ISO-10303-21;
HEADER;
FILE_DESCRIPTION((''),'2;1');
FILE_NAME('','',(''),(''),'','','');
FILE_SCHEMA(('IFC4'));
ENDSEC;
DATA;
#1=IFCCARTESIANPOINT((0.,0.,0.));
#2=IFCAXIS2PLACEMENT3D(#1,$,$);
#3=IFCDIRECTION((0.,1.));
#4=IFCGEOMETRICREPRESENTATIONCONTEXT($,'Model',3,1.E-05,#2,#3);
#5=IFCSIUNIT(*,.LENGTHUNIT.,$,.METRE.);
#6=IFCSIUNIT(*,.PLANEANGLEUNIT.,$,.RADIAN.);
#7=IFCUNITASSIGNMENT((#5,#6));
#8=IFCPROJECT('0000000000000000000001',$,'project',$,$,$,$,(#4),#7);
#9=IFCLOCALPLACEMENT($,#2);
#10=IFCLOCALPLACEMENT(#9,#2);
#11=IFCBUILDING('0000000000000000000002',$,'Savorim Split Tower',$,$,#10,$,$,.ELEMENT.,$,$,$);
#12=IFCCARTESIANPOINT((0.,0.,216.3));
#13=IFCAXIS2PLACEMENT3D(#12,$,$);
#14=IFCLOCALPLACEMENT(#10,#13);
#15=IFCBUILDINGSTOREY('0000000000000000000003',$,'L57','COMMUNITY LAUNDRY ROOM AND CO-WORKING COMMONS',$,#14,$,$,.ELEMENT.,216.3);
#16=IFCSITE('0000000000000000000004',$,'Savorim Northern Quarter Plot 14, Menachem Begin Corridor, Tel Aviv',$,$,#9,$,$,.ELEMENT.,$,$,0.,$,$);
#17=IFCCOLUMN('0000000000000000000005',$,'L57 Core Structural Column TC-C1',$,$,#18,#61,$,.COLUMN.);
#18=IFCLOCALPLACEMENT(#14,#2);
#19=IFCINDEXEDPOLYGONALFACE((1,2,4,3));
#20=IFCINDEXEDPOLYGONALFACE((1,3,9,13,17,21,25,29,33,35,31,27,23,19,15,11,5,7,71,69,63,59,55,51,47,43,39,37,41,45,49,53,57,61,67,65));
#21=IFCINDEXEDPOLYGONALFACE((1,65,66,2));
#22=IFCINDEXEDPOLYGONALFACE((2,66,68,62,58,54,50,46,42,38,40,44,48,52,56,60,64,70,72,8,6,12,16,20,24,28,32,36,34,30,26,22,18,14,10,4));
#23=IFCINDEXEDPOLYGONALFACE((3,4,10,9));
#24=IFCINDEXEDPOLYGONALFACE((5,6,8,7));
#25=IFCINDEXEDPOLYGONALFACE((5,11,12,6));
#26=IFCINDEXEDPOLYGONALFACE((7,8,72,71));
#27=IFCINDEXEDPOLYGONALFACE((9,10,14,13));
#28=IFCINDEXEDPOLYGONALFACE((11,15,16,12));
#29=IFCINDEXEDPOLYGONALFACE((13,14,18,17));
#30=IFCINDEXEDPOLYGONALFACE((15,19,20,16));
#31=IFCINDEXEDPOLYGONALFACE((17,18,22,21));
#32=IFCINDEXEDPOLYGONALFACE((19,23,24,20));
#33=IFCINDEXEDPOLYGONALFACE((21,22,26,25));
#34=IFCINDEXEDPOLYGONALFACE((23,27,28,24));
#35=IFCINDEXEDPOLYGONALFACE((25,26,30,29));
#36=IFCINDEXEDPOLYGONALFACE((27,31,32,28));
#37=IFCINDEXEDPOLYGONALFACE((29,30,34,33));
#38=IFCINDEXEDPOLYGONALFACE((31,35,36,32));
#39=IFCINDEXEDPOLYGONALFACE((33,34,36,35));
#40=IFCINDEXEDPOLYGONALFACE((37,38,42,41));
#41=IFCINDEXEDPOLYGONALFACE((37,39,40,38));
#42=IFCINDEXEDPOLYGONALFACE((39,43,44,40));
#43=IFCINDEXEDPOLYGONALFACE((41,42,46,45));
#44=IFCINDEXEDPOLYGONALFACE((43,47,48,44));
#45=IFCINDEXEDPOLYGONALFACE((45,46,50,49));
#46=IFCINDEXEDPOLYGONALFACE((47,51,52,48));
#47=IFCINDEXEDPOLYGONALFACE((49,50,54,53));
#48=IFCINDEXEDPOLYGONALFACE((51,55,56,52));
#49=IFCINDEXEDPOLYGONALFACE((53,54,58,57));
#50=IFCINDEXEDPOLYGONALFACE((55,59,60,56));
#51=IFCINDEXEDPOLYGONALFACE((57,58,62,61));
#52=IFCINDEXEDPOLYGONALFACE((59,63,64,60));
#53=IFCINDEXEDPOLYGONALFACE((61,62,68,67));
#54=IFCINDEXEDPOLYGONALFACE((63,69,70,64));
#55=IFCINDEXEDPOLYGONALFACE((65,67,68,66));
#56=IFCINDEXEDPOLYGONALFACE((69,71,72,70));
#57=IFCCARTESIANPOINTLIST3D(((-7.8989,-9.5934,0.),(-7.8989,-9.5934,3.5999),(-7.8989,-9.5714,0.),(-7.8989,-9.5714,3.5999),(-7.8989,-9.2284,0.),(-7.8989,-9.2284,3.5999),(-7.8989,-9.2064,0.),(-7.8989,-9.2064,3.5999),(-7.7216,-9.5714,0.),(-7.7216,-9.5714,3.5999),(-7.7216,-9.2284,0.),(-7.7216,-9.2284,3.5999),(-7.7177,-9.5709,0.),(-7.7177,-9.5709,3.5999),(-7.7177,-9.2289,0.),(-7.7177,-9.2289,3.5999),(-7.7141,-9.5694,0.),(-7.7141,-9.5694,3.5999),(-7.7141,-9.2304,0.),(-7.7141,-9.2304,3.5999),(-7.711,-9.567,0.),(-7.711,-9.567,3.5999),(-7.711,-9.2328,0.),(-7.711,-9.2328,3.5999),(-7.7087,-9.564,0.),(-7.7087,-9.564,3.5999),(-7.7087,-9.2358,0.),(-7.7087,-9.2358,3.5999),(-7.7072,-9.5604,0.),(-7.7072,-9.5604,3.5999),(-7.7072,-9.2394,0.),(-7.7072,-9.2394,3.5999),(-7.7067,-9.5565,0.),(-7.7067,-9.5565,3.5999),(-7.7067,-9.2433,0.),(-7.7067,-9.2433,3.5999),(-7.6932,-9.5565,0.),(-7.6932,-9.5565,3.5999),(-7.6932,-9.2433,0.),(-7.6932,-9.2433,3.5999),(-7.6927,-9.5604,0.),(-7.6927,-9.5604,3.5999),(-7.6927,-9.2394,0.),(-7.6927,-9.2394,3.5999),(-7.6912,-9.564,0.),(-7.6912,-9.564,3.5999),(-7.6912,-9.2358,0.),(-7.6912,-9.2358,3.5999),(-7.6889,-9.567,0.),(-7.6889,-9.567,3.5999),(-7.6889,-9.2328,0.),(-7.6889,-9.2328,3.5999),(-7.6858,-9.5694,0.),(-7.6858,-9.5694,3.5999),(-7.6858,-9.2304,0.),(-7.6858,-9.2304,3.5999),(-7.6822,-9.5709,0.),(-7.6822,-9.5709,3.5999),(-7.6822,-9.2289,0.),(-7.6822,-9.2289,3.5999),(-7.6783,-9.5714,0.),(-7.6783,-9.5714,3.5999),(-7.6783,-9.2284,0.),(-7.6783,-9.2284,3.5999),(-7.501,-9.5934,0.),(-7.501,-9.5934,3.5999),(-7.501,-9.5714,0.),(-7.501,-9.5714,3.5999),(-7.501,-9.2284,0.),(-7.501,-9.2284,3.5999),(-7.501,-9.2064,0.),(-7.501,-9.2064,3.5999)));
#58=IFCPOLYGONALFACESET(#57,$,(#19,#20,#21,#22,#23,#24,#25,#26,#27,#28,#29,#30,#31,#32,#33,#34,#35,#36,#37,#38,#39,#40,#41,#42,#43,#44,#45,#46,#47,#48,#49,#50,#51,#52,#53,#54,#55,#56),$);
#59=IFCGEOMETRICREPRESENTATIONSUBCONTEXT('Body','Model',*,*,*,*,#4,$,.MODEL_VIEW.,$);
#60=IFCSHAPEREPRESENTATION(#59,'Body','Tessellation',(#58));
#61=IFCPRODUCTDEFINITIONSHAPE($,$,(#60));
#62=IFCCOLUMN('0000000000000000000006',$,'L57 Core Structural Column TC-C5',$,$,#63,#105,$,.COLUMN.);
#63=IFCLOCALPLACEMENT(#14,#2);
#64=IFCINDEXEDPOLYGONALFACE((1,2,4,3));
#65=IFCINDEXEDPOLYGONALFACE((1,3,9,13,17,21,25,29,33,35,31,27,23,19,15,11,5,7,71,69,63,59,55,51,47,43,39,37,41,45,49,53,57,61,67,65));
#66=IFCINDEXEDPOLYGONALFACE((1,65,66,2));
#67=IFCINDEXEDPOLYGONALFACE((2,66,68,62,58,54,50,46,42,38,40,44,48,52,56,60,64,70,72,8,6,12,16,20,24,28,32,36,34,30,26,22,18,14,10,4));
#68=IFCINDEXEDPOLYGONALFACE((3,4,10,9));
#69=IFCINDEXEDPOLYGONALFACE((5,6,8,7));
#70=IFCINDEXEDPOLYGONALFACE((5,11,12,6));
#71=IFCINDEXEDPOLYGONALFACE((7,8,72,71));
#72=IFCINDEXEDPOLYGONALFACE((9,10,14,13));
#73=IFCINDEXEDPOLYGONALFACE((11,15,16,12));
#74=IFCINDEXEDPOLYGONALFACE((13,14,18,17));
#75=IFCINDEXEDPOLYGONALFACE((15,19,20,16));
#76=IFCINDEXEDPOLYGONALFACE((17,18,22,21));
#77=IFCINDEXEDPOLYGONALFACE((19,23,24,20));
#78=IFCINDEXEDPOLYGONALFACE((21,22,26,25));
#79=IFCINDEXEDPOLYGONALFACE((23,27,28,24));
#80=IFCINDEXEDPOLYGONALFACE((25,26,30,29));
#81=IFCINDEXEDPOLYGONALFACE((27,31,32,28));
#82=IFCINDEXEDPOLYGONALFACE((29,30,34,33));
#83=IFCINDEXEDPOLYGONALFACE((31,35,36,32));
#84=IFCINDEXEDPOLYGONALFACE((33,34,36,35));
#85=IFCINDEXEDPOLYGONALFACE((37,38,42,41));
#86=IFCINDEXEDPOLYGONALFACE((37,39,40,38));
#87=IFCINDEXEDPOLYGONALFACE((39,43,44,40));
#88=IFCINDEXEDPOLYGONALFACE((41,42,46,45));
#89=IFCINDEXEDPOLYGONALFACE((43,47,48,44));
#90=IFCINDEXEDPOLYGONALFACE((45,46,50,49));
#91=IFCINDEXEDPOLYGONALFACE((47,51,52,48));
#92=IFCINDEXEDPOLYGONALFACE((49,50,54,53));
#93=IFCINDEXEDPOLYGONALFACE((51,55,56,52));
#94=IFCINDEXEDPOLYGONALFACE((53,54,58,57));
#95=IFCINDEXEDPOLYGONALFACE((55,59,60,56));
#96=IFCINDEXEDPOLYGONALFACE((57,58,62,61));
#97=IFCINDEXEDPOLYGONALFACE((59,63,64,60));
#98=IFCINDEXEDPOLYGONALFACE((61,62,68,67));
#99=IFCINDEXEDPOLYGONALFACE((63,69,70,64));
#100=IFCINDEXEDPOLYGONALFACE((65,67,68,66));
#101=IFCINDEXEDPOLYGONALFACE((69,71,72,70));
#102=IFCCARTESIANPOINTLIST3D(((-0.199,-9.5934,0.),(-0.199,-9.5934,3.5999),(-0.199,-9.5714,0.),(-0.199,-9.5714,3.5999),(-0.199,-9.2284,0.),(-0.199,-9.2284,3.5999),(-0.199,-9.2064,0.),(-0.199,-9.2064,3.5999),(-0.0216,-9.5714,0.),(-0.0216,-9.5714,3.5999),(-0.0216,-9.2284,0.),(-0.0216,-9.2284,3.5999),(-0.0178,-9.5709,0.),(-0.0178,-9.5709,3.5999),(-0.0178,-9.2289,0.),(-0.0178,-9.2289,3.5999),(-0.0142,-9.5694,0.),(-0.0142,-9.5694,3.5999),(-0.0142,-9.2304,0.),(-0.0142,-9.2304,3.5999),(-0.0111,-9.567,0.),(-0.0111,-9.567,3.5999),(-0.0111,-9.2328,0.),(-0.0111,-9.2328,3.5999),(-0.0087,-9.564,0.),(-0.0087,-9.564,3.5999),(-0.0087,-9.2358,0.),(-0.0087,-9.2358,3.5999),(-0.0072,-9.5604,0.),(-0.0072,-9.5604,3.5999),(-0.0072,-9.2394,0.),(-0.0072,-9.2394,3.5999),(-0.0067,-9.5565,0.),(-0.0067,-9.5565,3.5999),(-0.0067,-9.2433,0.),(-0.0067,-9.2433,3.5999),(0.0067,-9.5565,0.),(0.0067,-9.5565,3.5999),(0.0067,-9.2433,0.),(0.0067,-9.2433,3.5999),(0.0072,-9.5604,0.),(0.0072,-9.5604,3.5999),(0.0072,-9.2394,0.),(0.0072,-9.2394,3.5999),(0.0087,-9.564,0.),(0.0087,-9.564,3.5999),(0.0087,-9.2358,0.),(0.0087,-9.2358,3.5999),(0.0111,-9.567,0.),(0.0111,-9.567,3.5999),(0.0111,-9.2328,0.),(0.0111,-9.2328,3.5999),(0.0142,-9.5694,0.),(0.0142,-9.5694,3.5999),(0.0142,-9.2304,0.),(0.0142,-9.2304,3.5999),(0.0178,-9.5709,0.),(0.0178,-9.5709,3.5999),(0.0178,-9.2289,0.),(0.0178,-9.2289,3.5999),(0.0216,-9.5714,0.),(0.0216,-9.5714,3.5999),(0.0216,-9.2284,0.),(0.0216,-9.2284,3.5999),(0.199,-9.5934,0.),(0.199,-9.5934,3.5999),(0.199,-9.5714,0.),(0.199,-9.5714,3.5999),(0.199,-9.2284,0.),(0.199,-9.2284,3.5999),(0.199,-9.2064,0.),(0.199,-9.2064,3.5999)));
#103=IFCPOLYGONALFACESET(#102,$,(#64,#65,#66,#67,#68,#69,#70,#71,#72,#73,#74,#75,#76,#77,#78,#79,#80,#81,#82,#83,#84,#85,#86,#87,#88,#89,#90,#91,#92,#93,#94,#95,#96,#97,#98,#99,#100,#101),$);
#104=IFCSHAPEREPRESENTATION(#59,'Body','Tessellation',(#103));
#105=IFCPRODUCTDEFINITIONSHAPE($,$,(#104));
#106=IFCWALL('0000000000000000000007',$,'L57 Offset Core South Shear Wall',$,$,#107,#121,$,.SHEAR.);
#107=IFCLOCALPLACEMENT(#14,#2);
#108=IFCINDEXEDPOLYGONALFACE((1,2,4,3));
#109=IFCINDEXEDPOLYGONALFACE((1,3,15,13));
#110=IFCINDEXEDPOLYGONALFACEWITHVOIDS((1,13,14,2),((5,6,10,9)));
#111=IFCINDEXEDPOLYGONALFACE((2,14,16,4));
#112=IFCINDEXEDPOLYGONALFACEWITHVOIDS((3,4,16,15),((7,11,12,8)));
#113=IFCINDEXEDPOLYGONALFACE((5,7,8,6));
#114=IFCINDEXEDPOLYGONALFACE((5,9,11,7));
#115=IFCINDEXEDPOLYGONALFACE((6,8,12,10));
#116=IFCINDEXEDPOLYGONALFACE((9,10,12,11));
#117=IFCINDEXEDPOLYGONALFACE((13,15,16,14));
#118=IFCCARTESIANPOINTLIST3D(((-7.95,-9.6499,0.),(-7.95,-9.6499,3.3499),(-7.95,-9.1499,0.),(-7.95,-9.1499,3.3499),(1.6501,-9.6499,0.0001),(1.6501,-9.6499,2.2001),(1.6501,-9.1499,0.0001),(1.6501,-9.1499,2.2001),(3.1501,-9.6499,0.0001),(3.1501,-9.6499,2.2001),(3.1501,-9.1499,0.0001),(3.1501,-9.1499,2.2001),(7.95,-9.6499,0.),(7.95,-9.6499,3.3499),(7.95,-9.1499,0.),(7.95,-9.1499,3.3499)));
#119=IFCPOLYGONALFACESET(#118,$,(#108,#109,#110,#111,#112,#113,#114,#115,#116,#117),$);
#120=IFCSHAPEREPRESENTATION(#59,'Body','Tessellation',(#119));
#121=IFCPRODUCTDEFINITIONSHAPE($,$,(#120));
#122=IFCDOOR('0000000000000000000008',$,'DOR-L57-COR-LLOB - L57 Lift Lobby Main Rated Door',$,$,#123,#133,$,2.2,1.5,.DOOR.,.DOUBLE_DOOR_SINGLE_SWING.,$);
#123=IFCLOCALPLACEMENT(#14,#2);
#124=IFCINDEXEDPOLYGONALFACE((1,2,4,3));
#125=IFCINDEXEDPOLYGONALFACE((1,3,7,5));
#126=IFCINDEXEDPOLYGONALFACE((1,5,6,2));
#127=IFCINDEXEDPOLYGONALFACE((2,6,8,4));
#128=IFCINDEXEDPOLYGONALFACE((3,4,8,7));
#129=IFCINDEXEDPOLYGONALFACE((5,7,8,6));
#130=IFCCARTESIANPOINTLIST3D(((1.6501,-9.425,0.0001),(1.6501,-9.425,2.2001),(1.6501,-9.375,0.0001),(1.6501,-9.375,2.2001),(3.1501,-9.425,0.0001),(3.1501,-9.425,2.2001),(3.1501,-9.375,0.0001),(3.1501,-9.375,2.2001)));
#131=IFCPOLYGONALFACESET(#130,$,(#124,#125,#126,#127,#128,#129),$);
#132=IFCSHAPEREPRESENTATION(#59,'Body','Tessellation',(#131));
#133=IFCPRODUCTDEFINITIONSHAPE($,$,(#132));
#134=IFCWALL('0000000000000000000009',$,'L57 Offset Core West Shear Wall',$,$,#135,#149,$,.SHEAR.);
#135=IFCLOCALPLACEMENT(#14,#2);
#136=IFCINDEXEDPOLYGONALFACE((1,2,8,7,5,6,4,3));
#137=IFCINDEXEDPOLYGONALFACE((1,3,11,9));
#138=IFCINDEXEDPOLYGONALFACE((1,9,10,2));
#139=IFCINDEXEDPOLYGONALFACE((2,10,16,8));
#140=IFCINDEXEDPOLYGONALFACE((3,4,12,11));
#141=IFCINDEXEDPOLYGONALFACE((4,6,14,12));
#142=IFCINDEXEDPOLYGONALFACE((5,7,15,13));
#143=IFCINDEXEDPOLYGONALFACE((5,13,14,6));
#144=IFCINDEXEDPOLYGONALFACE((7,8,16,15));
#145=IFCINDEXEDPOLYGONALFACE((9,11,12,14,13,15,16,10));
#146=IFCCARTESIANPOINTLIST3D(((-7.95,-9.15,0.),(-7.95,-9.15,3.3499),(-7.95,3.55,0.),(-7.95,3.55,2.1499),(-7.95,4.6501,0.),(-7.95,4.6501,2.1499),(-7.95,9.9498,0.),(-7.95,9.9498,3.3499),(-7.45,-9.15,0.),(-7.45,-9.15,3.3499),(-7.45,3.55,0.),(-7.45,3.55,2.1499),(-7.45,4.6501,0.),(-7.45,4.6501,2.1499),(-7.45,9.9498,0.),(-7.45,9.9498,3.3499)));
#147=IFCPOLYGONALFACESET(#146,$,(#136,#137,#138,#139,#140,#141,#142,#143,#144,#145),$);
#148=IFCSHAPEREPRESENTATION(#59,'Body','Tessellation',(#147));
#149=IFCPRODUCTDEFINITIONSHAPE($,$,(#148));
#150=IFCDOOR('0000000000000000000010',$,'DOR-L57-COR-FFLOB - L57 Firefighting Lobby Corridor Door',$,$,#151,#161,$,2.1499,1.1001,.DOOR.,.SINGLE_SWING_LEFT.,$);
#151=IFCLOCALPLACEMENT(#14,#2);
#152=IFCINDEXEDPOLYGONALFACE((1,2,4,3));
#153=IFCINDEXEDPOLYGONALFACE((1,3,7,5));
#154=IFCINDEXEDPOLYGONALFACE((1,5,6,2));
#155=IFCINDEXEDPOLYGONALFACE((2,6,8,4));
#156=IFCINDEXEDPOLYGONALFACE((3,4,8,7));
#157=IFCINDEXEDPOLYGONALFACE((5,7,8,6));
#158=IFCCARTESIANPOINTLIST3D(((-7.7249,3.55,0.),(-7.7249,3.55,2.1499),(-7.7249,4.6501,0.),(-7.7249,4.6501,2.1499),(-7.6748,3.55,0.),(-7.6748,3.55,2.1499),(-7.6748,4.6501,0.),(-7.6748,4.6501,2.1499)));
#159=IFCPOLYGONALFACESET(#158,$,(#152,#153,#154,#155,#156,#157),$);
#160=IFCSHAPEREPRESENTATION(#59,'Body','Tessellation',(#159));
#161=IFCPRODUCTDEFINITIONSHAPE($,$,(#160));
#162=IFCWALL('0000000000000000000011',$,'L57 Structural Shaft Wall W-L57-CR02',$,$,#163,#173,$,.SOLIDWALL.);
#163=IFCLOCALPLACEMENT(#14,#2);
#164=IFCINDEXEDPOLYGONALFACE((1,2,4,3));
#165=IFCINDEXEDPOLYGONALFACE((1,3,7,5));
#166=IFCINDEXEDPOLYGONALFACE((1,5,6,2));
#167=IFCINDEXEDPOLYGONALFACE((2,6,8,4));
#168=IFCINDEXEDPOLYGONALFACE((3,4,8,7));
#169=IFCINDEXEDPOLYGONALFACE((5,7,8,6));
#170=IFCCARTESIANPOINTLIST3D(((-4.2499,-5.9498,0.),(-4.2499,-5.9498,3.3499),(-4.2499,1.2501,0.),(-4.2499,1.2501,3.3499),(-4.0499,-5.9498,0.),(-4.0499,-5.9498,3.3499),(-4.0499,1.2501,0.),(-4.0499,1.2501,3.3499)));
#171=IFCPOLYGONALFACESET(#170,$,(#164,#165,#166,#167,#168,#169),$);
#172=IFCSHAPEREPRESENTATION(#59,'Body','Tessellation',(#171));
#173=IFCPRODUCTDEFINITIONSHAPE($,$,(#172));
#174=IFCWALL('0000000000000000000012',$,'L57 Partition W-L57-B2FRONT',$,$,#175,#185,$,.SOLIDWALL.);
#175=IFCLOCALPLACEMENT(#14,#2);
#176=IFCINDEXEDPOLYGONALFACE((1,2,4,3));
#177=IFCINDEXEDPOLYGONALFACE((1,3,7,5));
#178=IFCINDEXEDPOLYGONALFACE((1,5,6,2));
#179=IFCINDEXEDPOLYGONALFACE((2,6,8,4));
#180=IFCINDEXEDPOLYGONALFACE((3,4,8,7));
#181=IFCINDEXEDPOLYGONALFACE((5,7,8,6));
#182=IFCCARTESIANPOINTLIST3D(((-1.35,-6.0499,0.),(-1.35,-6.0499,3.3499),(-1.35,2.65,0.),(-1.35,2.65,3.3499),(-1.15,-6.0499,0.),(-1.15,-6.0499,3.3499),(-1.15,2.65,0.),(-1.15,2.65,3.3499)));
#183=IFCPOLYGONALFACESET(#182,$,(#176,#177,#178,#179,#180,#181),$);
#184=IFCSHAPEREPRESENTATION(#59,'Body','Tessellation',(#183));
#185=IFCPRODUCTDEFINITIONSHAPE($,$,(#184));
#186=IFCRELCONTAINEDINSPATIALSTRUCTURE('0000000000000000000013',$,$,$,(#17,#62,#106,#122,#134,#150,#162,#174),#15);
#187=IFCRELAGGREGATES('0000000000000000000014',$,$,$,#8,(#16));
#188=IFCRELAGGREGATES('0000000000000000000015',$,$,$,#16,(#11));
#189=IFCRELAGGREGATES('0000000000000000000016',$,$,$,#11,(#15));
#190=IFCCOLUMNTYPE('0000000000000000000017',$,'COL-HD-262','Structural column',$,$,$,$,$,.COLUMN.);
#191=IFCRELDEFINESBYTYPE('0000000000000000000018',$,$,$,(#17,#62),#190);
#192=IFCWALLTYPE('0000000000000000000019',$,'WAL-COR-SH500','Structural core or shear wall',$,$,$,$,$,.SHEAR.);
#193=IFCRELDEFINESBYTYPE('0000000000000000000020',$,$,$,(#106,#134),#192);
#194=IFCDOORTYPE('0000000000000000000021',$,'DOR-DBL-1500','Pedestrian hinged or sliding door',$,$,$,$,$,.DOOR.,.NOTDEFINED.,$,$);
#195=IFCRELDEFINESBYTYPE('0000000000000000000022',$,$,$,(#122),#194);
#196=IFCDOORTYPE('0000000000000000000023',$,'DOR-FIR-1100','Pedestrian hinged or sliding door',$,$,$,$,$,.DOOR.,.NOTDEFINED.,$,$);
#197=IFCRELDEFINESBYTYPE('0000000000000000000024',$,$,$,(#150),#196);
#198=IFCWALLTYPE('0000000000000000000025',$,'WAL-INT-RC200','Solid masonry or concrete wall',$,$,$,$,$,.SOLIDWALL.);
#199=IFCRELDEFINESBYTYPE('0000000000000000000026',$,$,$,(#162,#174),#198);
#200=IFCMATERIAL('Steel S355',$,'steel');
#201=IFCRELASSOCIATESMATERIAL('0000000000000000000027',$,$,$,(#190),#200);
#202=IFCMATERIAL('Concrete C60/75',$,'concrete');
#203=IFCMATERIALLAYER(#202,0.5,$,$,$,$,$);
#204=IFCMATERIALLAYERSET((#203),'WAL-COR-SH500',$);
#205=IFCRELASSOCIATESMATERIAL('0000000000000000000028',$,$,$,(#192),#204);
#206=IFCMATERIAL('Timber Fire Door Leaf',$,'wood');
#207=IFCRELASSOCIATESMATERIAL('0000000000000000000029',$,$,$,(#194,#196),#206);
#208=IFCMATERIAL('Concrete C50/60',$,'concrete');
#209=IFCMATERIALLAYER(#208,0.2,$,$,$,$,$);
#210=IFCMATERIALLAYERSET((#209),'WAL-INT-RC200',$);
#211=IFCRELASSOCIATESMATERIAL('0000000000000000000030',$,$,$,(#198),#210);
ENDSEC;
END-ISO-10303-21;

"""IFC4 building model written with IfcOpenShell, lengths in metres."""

from ifc_helpers import new_model, si_unit, direction, frame, frame_2d, origin, origin_2d, place, context, subcontext, project, spatial, rectangle, i_section, extrude, material, layer, layer_set, material_profile, profile_set, type_object, element, fill, save


model = new_model("IFC4")

# Units and contexts
model_context = context("Model", 3, precision=1e-05, world=origin(), true_north=direction((0.0, 1.0)))
body_context = subcontext(model_context, "Body", "Model", "MODEL_VIEW")
ifc_project = project(units=[si_unit("LENGTHUNIT", "METRE"), si_unit("PLANEANGLEUNIT", "RADIAN")], contexts=[model_context])

# Site, building, storey
site_placement = place(None, origin())
site = spatial("IfcSite", under=ifc_project, at=site_placement, Name="Savorim Northern Quarter Plot 14, Menachem Begin Corridor, Tel Aviv", CompositionType="ELEMENT", RefElevation=0.0)
building_placement = place(site_placement, origin())
building = spatial("IfcBuilding", under=site, at=building_placement, Name="Savorim Split Tower", CompositionType="ELEMENT")
storey_placement = place(building_placement, frame((0.0, 0.0, 216.3)))
storey = spatial("IfcBuildingStorey", under=building, at=storey_placement, Name="L57", Description="COMMUNITY LAUNDRY ROOM AND CO-WORKING COMMONS", CompositionType="ELEMENT", Elevation=216.3)

# Columns
ifc_material_1 = material(Name="Steel S355", Category="steel")
ifc_material_profile = material_profile(ifc_material_1, i_section(OverallWidth=0.3979, OverallDepth=0.387, WebThickness=0.0134, FlangeThickness=0.022, FilletRadius=0.0149, at=origin_2d()), Name="HD 400x262")
ifc_profile_set = profile_set([ifc_material_profile], Name="Steel S355")
column_type = type_object("IfcColumnType", Name="COL-HD-262", Description="Structural column", PredefinedType="COLUMN", material=ifc_profile_set)
for number, where, z_axis, x_axis, name in (
    (1, (-7.7, -9.3999, 0.0), (0.0, 0.0, 1.0), (1.0, 0.0, 0.0), "L57 Core Structural Column TC-C1"),
    (2, (0.0, -9.3999, 0.0), (0.0, 0.0, 1.0), (1.0, 0.0, 0.0), "L57 Core Structural Column TC-C5"),
):
    element("IfcColumn", number, at=place(storey_placement, frame(where, z_axis=z_axis, x_axis=x_axis)), inside=storey, type_object=column_type, Name=name, PredefinedType="COLUMN", context=body_context, shape_type="SweptSolid", body=[
        extrude(i_section(OverallWidth=0.3979, OverallDepth=0.387, WebThickness=0.0134, FlangeThickness=0.022, FilletRadius=0.0149, at=origin_2d()), origin(), (0.0, 0.0, 1.0), 3.5999),
    ])

# Walls, openings, doors
ifc_material_2 = material(Name="Concrete C60/75", Category="concrete")
ifc_layer_1 = layer(ifc_material_2, 0.5)
ifc_layer_set_1 = layer_set([ifc_layer_1], Name="WAL-COR-SH500")
wall_type_1 = type_object("IfcWallType", Name="WAL-COR-SH500", Description="Structural core or shear wall", PredefinedType="SHEAR", material=ifc_layer_set_1)
wall_1_placement = place(storey_placement, frame((-7.95, -9.3999, 0.0), z_axis=(0.0, 0.0, 1.0), x_axis=(1.0, 0.0, 0.0)))
wall_1 = element("IfcWall", 3, at=wall_1_placement, inside=storey, type_object=wall_type_1, Name="L57 Offset Core South Shear Wall", PredefinedType="SHEAR", context=body_context, shape_type="SweptSolid", body=[
    extrude(rectangle(XDim=15.8999, YDim=0.5, at=frame_2d((7.95, 0.0))), origin(), (0.0, 0.0, 1.0), 3.3499),
])
opening_1_placement = place(wall_1_placement, frame((9.6001, 0.0, 0.0)))
opening_1 = element("IfcOpeningElement", 4, at=opening_1_placement, cuts=wall_1, PredefinedType="OPENING", context=body_context, shape_type="SweptSolid", body=[
    extrude(rectangle(XDim=1.5, YDim=2.2, at=frame_2d((0.75, 1.1001))), frame((0.0, 0.26, 0.0), z_axis=(0.0, -1.0, 0.0), x_axis=(1.0, 0.0, 0.0)), (0.0, 0.0, 1.0), 0.52),
])
ifc_material_3 = material(Name="Timber Fire Door Leaf", Category="wood")
door_type_1 = type_object("IfcDoorType", Name="DOR-DBL-1500", Description="Pedestrian hinged or sliding door", OperationType="NOTDEFINED", PredefinedType="DOOR", material=ifc_material_3)
door_1_placement = place(opening_1_placement, origin())
door_1 = element("IfcDoor", 5, at=door_1_placement, inside=storey, type_object=door_type_1, Name="DOR-L57-COR-LLOB - L57 Lift Lobby Main Rated Door", OperationType="DOUBLE_DOOR_SINGLE_SWING", OverallHeight=2.2, OverallWidth=1.5, PredefinedType="DOOR", context=body_context, shape_type="SweptSolid", body=[
    extrude(rectangle(XDim=1.5, YDim=2.2, at=frame_2d((0.75, 1.1001))), frame((0.0, 0.0249, 0.0), z_axis=(0.0, -1.0, 0.0), x_axis=(1.0, 0.0, 0.0)), (0.0, 0.0, 1.0), 0.05),
])
fill(opening_1, door_1)
wall_2_placement = place(storey_placement, frame((-7.7, -9.1499, 0.0), z_axis=(0.0, 0.0, 1.0), x_axis=(0.0, 1.0, 0.0)))
wall_2 = element("IfcWall", 6, at=wall_2_placement, inside=storey, type_object=wall_type_1, Name="L57 Offset Core West Shear Wall", PredefinedType="SHEAR", context=body_context, shape_type="SweptSolid", body=[
    extrude(rectangle(XDim=19.0999, YDim=0.5, at=frame_2d((9.5498, 0.0))), origin(), (0.0, 0.0, 1.0), 3.3499),
])
opening_2_placement = place(wall_2_placement, frame((12.7, 0.0, 0.0)))
opening_2 = element("IfcOpeningElement", 7, at=opening_2_placement, cuts=wall_2, PredefinedType="OPENING", context=body_context, shape_type="SweptSolid", body=[
    extrude(rectangle(XDim=1.1001, YDim=2.1499, at=frame_2d((0.55, 1.075))), frame((0.0, 0.26, 0.0), z_axis=(0.0, -1.0, 0.0), x_axis=(1.0, 0.0, 0.0)), (0.0, 0.0, 1.0), 0.52),
])
door_type_2 = type_object("IfcDoorType", Name="DOR-FIR-1100", Description="Pedestrian hinged or sliding door", OperationType="NOTDEFINED", PredefinedType="DOOR", material=ifc_material_3)
door_2_placement = place(opening_2_placement, origin())
door_2 = element("IfcDoor", 8, at=door_2_placement, inside=storey, type_object=door_type_2, Name="DOR-L57-COR-FFLOB - L57 Firefighting Lobby Corridor Door", OperationType="SINGLE_SWING_LEFT", OverallHeight=2.1499, OverallWidth=1.1001, PredefinedType="DOOR", context=body_context, shape_type="SweptSolid", body=[
    extrude(rectangle(XDim=1.1001, YDim=2.1499, at=frame_2d((0.55, 1.075))), frame((0.0, 0.0249, 0.0), z_axis=(0.0, -1.0, 0.0), x_axis=(1.0, 0.0, 0.0)), (0.0, 0.0, 1.0), 0.05),
])
fill(opening_2, door_2)

# Walls
ifc_material_4 = material(Name="Concrete C50/60", Category="concrete")
ifc_layer_2 = layer(ifc_material_4, 0.2)
ifc_layer_set_2 = layer_set([ifc_layer_2], Name="WAL-INT-RC200")
wall_type_2 = type_object("IfcWallType", Name="WAL-INT-RC200", Description="Solid masonry or concrete wall", PredefinedType="SOLIDWALL", material=ifc_layer_set_2)
wall_3_placement = place(storey_placement, frame((-4.1499, -5.95, 0.0), z_axis=(0.0, 0.0, 1.0), x_axis=(0.0, 1.0, 0.0)))
element("IfcWall", 9, at=wall_3_placement, inside=storey, type_object=wall_type_2, Name="L57 Structural Shaft Wall W-L57-CR02", PredefinedType="SOLIDWALL", context=body_context, shape_type="SweptSolid", body=[
    extrude(rectangle(XDim=7.2, YDim=0.2, at=frame_2d((3.6001, 0.0))), origin(), (0.0, 0.0, 1.0), 3.3499),
])
wall_4_placement = place(storey_placement, frame((-1.25, -6.05, 0.0), z_axis=(0.0, 0.0, 1.0), x_axis=(0.0, 1.0, 0.0)))
element("IfcWall", 10, at=wall_4_placement, inside=storey, type_object=wall_type_2, Name="L57 Partition W-L57-B2FRONT", PredefinedType="SOLIDWALL", context=body_context, shape_type="SweptSolid", body=[
    extrude(rectangle(XDim=8.7, YDim=0.2, at=frame_2d((4.3501, 0.0))), origin(), (0.0, 0.0, 1.0), 3.3499),
])

save(model, "model.ifc")
